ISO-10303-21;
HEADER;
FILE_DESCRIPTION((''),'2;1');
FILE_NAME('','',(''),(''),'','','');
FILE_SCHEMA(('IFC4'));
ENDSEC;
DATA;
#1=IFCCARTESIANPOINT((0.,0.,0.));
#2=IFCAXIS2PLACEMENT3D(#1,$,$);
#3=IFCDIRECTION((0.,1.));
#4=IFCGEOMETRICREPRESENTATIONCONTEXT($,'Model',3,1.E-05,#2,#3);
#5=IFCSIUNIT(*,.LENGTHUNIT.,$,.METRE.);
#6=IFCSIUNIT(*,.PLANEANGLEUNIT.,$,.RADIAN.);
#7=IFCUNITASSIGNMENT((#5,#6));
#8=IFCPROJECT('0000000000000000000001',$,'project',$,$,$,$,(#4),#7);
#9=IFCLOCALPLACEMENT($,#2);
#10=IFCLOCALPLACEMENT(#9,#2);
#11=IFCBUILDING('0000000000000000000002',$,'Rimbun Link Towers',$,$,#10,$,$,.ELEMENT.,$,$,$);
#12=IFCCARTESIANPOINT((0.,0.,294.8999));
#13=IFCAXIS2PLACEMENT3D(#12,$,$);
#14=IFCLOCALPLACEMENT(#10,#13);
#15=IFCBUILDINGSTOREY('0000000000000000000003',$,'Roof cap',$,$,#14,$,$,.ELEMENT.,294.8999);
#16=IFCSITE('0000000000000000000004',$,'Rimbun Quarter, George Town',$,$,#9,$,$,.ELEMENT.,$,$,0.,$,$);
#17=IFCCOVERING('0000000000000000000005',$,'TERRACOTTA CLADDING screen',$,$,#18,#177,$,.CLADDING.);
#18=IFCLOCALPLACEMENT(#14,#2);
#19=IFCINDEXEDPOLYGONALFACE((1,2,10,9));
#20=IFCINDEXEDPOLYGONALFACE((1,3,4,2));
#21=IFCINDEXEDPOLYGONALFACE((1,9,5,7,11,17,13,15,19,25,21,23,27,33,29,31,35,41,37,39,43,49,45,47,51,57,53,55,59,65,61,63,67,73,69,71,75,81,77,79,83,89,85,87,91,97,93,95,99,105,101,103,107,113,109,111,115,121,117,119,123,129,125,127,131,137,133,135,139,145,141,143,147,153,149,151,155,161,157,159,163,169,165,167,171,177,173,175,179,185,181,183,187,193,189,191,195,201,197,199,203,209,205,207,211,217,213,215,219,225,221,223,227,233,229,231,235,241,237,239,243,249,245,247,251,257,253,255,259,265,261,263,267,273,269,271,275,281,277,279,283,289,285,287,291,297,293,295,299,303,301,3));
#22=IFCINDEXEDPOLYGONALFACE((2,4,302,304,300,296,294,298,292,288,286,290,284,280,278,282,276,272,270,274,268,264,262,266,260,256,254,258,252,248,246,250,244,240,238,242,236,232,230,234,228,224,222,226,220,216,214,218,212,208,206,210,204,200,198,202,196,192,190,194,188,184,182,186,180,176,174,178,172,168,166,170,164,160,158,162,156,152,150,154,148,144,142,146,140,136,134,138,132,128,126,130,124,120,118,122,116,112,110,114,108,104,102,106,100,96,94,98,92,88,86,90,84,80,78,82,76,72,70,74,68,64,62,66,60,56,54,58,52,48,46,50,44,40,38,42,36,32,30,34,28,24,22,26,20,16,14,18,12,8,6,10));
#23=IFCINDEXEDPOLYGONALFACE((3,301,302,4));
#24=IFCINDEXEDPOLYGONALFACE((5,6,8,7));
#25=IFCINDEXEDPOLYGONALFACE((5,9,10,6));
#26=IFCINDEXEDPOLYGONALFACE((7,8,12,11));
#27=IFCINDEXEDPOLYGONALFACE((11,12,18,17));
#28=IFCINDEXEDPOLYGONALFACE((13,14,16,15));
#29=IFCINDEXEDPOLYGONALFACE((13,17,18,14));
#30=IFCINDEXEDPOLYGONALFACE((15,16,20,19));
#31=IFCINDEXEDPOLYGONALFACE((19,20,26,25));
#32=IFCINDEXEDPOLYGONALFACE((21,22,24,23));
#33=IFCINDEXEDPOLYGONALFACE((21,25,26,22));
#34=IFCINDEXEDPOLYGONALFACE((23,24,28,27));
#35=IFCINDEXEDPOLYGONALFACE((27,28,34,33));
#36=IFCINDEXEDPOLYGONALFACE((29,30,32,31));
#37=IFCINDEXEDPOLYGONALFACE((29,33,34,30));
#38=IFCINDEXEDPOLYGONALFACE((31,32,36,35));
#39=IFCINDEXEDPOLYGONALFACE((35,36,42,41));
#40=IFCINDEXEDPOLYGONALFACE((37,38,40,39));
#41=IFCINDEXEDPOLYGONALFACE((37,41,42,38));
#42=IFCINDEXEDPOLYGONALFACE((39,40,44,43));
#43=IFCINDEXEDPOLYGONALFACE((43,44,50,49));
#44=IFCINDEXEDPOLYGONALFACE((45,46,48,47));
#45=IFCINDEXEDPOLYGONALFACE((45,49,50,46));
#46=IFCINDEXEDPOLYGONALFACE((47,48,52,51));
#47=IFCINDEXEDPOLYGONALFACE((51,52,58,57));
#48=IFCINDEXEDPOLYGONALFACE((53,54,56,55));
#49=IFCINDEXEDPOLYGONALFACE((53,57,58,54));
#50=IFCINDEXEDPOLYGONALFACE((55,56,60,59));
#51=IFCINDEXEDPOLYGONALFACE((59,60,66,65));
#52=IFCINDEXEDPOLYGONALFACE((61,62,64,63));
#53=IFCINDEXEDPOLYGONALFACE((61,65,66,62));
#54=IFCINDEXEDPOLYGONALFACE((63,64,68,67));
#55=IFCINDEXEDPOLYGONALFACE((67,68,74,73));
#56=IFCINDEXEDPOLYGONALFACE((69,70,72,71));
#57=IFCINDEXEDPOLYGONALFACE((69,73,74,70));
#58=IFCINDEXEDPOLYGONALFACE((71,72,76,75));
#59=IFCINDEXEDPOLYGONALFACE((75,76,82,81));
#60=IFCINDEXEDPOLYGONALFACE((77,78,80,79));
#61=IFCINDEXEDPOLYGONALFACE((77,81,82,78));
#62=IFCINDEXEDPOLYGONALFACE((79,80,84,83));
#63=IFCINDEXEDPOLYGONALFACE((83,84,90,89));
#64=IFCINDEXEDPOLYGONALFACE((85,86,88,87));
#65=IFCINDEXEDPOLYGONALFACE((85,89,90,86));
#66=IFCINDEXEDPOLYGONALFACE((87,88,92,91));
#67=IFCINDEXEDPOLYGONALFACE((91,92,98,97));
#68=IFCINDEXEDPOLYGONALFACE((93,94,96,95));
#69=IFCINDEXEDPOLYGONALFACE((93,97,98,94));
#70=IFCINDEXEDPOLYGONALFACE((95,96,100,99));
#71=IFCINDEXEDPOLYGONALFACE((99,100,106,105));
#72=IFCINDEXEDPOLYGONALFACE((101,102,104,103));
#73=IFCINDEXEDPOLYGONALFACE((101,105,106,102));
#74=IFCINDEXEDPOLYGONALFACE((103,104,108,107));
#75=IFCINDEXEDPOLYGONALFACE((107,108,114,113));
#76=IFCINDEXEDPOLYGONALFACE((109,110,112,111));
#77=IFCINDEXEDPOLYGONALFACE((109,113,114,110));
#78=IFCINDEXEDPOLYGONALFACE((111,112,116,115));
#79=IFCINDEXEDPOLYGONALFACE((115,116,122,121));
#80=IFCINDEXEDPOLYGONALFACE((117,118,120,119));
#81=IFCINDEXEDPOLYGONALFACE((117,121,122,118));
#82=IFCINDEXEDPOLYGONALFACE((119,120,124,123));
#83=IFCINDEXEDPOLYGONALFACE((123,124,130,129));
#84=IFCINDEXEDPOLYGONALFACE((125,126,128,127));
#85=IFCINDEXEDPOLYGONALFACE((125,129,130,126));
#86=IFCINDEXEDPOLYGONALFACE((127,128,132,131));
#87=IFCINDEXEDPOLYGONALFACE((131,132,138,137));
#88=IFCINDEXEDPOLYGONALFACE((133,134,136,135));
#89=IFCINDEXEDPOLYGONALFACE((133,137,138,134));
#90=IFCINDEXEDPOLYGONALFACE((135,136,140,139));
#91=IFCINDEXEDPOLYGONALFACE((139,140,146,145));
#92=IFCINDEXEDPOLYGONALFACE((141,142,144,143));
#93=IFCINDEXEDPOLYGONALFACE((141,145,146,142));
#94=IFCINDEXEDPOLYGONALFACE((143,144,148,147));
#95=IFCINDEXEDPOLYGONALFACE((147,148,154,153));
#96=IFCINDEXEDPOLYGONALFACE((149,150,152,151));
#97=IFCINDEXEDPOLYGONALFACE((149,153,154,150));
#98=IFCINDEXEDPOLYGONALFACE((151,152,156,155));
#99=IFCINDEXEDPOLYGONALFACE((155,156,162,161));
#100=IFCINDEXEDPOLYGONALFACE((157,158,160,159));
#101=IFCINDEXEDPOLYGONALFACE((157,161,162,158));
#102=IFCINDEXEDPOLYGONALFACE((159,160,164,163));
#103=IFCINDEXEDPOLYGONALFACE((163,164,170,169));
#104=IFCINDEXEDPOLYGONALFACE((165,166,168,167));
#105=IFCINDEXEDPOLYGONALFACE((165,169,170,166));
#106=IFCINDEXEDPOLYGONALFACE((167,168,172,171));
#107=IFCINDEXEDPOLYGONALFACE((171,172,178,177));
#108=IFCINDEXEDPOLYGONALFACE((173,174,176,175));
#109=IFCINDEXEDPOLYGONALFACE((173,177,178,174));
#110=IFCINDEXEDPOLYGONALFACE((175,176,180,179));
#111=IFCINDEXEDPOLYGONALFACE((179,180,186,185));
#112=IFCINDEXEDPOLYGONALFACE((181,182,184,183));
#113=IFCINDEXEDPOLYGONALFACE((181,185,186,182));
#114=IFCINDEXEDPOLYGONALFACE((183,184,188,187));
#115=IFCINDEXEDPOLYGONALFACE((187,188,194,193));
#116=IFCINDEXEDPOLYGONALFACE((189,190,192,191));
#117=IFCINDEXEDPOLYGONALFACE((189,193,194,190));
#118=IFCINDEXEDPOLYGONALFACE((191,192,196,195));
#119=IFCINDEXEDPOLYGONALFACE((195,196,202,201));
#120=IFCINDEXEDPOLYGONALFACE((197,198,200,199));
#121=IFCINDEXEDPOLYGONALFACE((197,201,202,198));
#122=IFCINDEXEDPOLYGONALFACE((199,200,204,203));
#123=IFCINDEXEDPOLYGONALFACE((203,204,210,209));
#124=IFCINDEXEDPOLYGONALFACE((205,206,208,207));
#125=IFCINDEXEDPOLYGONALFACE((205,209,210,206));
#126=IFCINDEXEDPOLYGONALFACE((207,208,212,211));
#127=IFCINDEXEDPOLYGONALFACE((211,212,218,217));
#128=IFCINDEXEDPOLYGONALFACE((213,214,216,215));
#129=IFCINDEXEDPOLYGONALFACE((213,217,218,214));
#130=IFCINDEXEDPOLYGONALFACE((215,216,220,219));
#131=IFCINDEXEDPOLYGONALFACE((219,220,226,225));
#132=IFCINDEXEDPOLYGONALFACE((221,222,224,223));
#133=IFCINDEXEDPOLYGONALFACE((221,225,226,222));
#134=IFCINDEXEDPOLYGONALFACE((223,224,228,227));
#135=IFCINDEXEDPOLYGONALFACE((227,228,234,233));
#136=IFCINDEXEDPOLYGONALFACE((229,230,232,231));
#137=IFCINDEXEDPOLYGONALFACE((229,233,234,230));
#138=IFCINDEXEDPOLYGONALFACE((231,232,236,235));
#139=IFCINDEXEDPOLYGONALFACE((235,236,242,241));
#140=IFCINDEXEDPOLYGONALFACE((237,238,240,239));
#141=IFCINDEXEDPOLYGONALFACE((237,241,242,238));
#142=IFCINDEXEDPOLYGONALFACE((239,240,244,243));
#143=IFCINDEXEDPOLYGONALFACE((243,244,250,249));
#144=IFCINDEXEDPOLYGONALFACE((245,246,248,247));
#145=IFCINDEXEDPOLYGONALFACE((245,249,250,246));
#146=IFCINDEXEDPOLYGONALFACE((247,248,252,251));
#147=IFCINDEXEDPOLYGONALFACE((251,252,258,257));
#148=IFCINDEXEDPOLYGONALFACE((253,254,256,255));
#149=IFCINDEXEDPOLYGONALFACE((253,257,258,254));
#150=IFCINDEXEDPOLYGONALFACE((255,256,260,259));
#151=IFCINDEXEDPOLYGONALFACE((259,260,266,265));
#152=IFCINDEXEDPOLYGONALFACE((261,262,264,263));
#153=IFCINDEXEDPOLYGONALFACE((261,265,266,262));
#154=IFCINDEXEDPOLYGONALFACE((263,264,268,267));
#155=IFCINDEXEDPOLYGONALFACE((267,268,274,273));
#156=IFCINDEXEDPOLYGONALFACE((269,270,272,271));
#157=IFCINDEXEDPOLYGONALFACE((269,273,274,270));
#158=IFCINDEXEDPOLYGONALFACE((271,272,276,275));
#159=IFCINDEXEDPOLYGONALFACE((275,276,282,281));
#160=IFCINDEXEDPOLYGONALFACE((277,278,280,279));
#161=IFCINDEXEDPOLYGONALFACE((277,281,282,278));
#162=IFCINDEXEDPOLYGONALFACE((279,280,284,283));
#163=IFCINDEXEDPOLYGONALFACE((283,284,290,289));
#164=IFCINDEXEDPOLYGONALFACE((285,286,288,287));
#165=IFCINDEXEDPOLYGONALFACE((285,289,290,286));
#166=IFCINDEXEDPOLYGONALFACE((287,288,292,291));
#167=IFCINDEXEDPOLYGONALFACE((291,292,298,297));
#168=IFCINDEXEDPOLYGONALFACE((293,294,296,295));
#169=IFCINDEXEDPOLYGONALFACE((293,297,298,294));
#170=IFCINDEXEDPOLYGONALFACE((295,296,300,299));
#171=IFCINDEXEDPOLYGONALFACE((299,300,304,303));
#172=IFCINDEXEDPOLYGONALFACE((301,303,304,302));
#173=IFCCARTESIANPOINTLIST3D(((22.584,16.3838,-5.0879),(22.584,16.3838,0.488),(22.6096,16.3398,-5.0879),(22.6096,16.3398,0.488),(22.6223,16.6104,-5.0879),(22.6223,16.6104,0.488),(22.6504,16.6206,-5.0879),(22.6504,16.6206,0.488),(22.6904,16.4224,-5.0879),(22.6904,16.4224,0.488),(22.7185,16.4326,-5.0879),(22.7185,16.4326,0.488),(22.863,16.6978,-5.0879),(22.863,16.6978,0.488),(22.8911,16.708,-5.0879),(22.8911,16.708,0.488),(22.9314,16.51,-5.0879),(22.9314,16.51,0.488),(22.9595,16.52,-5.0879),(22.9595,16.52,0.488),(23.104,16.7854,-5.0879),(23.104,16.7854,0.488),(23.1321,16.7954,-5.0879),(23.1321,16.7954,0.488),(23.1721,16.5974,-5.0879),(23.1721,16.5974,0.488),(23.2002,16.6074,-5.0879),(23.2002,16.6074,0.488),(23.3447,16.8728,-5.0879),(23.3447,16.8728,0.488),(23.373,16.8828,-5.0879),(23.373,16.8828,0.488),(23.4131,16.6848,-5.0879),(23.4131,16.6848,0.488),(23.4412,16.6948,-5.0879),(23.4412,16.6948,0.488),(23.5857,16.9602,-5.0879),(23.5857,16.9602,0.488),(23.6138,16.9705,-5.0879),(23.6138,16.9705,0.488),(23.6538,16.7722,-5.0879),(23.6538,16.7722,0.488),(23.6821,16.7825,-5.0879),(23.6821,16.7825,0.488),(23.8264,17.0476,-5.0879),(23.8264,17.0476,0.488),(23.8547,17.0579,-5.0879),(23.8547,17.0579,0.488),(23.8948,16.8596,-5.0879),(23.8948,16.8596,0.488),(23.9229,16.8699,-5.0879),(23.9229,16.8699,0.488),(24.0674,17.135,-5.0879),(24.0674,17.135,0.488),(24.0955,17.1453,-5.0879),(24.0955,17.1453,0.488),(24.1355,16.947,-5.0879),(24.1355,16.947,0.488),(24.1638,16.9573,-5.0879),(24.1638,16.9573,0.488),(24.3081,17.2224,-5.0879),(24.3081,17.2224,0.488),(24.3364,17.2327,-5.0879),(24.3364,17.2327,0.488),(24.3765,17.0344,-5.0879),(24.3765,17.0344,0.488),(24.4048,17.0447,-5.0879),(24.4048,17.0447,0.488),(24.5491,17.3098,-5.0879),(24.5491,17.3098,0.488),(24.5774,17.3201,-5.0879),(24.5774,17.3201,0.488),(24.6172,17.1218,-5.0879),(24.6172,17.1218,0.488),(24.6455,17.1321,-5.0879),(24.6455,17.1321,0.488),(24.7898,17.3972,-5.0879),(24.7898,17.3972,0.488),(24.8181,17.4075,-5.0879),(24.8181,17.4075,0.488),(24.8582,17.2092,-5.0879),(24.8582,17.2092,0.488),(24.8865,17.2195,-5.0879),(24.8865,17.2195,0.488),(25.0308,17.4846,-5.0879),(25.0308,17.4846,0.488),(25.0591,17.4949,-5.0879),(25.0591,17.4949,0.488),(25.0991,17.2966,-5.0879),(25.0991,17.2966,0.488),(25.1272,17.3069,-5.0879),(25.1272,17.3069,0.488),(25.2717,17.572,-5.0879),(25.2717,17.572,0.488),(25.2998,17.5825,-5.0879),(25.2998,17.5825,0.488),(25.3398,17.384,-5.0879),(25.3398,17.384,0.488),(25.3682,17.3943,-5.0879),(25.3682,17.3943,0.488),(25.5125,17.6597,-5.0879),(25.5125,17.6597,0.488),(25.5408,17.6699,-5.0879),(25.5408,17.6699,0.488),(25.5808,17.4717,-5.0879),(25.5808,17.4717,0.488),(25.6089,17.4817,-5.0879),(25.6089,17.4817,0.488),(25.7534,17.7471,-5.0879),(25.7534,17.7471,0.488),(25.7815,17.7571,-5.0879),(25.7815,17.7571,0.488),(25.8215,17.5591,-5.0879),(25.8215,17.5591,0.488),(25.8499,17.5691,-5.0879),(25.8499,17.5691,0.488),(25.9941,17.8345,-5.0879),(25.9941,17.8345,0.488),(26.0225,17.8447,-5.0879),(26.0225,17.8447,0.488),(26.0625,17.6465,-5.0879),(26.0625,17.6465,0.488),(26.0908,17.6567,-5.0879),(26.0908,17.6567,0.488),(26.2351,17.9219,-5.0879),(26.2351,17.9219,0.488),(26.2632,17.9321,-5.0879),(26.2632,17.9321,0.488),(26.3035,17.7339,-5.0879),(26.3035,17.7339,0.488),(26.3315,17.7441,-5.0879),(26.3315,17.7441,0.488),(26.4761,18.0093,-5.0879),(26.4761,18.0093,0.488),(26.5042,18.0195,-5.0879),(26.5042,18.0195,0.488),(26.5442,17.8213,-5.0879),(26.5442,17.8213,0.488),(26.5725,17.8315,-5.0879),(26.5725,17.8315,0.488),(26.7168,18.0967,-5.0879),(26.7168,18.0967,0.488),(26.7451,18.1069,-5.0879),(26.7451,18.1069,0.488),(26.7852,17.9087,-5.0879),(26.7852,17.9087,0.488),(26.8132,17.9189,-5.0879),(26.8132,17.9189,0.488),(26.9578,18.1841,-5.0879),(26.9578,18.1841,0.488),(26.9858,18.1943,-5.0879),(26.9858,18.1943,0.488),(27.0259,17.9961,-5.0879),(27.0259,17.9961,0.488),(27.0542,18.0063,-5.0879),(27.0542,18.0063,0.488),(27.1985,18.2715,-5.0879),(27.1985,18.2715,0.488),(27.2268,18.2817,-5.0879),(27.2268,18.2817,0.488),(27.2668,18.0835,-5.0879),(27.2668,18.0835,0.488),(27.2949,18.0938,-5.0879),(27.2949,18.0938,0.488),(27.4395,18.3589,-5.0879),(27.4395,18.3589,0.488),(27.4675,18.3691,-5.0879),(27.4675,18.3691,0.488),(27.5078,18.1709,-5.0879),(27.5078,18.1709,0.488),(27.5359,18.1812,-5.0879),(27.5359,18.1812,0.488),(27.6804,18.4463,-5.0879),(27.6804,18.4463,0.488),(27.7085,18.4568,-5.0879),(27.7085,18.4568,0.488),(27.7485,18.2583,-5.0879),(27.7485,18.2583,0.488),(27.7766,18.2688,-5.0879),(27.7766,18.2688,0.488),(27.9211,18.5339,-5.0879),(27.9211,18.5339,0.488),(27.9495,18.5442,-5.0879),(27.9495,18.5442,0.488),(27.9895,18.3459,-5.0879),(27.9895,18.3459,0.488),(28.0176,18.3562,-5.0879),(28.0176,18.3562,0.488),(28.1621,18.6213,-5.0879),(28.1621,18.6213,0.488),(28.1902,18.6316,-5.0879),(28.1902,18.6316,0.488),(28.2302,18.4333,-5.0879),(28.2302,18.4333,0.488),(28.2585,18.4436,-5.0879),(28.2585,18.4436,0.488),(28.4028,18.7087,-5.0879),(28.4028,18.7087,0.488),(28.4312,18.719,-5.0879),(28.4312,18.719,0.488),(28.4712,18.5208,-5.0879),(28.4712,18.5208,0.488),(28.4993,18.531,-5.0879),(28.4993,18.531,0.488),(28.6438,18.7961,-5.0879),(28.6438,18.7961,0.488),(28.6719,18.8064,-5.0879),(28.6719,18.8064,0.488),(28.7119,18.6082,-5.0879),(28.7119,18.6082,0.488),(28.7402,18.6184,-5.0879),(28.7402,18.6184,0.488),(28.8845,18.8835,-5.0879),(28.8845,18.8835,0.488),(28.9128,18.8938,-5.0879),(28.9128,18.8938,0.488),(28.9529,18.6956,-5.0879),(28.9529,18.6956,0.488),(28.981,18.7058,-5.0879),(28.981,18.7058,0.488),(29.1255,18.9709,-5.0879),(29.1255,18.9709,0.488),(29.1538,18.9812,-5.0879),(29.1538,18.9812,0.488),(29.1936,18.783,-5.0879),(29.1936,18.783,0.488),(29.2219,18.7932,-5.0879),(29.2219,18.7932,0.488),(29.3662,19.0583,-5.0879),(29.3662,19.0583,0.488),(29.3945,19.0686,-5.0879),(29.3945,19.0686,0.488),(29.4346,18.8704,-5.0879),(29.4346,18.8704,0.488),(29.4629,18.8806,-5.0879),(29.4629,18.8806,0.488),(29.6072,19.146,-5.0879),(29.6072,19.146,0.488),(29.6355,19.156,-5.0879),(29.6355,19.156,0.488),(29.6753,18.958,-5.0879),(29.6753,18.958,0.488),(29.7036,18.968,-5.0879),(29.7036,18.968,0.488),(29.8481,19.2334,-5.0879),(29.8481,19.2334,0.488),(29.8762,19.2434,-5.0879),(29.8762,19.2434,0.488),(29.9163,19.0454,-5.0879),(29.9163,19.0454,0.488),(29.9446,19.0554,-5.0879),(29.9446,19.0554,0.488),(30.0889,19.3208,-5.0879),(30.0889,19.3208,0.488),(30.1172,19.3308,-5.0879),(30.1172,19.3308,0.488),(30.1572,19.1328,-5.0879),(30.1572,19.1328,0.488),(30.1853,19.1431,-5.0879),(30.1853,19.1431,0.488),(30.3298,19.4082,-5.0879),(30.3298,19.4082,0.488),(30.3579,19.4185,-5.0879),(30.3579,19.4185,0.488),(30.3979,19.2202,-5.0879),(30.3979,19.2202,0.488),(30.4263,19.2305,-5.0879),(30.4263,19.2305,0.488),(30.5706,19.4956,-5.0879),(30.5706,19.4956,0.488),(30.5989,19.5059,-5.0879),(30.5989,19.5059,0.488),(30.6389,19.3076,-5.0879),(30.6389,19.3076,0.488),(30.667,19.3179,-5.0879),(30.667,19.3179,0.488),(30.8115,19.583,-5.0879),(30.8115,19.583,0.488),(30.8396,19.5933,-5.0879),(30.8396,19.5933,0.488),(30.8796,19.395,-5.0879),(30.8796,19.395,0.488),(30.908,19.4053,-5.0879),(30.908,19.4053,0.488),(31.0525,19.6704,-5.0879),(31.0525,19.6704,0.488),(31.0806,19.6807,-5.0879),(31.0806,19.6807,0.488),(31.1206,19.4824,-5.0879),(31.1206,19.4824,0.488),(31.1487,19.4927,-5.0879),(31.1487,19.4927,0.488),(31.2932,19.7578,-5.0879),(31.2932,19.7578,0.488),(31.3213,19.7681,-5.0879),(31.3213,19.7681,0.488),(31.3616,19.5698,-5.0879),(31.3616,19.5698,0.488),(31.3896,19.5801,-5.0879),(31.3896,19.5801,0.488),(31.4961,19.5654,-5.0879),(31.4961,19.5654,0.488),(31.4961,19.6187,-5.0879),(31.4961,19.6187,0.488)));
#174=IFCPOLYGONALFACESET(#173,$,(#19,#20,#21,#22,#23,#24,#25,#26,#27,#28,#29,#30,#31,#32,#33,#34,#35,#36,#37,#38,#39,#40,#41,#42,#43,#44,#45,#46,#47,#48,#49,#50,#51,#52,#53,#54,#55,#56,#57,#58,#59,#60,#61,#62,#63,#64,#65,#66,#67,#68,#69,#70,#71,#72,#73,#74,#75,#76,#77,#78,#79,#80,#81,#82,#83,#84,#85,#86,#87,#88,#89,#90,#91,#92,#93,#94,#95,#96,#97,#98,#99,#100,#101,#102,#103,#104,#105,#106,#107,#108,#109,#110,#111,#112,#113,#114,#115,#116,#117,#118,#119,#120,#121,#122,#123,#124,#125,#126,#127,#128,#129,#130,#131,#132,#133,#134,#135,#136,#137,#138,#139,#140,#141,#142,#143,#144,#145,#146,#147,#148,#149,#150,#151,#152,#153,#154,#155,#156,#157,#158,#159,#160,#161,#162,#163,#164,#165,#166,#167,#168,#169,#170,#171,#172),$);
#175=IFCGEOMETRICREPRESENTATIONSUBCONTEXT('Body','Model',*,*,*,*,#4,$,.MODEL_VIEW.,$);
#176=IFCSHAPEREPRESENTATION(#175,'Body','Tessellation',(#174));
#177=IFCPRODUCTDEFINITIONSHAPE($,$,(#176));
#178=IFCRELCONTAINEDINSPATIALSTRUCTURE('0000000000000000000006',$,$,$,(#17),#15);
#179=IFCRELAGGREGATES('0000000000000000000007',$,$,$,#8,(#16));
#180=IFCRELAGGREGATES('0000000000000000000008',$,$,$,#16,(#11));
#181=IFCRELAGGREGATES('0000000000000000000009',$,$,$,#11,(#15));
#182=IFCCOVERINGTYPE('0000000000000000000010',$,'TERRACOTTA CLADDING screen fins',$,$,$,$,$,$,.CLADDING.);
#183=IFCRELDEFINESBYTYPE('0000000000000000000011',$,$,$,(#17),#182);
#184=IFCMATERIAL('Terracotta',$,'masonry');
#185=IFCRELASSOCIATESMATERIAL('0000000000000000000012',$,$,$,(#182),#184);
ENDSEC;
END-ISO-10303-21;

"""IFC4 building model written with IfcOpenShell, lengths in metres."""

from ifc_helpers import new_model, si_unit, direction, frame, origin, place, context, subcontext, project, spatial, polyline, outline, extrude, material, type_object, element, save


model = new_model("IFC4")

# Units and contexts
model_context = context("Model", 3, precision=1e-05, world=origin(), true_north=direction((0.0, 1.0)))
body_context = subcontext(model_context, "Body", "Model", "MODEL_VIEW")
ifc_project = project(units=[si_unit("LENGTHUNIT", "METRE"), si_unit("PLANEANGLEUNIT", "RADIAN")], contexts=[model_context])

# Site, building, storey
site_placement = place(None, origin())
site = spatial("IfcSite", under=ifc_project, at=site_placement, Name="Rimbun Quarter, George Town", CompositionType="ELEMENT", RefElevation=0.0)
building_placement = place(site_placement, origin())
building = spatial("IfcBuilding", under=site, at=building_placement, Name="Rimbun Link Towers", CompositionType="ELEMENT")
storey_placement = place(building_placement, frame((0.0, 0.0, 294.8999)))
storey = spatial("IfcBuildingStorey", under=building, at=storey_placement, Name="Roof cap", CompositionType="ELEMENT", Elevation=294.8999)

# Covering
ifc_material_1 = material(Name="Terracotta", Category="masonry")
covering_type_1 = type_object("IfcCoveringType", Name="TERRACOTTA CLADDING screen fins", PredefinedType="CLADDING", material=ifc_material_1)
covering_1_placement = place(storey_placement, frame((0.0, 0.0, -5.0879)))
element("IfcCovering", 1, at=covering_1_placement, inside=storey, type_object=covering_type_1, Name="TERRACOTTA CLADDING screen", PredefinedType="CLADDING", context=body_context, shape_type="SweptSolid", body=[
    extrude(outline(polyline([(31.4961, 19.6187), (31.3896, 19.5801), (31.3213, 19.7681), (31.2932, 19.7578), (31.3616, 19.5698), (31.1487, 19.4927), (31.0806, 19.6807), (31.0525, 19.6704), (31.1206, 19.4824), (30.908, 19.4053), (30.8396, 19.5933), (30.8115, 19.583), (30.8796, 19.395), (30.667, 19.3179), (30.5989, 19.5059), (30.5706, 19.4956), (30.6389, 19.3076), (30.4263, 19.2305), (30.3579, 19.4185), (30.3298, 19.4082), (30.3979, 19.2202), (30.1853, 19.1431), (30.1172, 19.3308), (30.0889, 19.3208), (30.1572, 19.1328), (29.9446, 19.0554), (29.8762, 19.2434), (29.8481, 19.2334), (29.9163, 19.0454), (29.7036, 18.968), (29.6355, 19.156), (29.6072, 19.146), (29.6753, 18.958), (29.4629, 18.8806), (29.3945, 19.0686), (29.3662, 19.0583), (29.4346, 18.8704), (29.2219, 18.7932), (29.1538, 18.9812), (29.1255, 18.9709), (29.1936, 18.783), (28.981, 18.7058), (28.9128, 18.8938), (28.8845, 18.8835), (28.9529, 18.6956), (28.7402, 18.6184), (28.6719, 18.8064), (28.6438, 18.7961), (28.7119, 18.6082), (28.4993, 18.531), (28.4312, 18.719), (28.4028, 18.7087), (28.4712, 18.5208), (28.2585, 18.4436), (28.1902, 18.6316), (28.1621, 18.6213), (28.2302, 18.4333), (28.0176, 18.3562), (27.9495, 18.5442), (27.9211, 18.5339), (27.9895, 18.3459), (27.7766, 18.2688), (27.7085, 18.4568), (27.6804, 18.4463), (27.7485, 18.2583), (27.5359, 18.1812), (27.4675, 18.3691), (27.4395, 18.3589), (27.5078, 18.1709), (27.2949, 18.0938), (27.2268, 18.2817), (27.1985, 18.2715), (27.2668, 18.0835), (27.0542, 18.0063), (26.9858, 18.1943), (26.9578, 18.1841), (27.0259, 17.9961), (26.8132, 17.9189), (26.7451, 18.1069), (26.7168, 18.0967), (26.7852, 17.9087), (26.5725, 17.8315), (26.5042, 18.0195), (26.4761, 18.0093), (26.5442, 17.8213), (26.3315, 17.7441), (26.2632, 17.9321), (26.2351, 17.9219), (26.3035, 17.7339), (26.0908, 17.6567), (26.0225, 17.8447), (25.9941, 17.8345), (26.0625, 17.6465), (25.8499, 17.5691), (25.7815, 17.7571), (25.7534, 17.7471), (25.8215, 17.5591), (25.6089, 17.4817), (25.5408, 17.6699), (25.5125, 17.6597), (25.5808, 17.4717), (25.3682, 17.3943), (25.2998, 17.5825), (25.2717, 17.572), (25.3398, 17.384), (25.1272, 17.3069), (25.0591, 17.4949), (25.0308, 17.4846), (25.0991, 17.2966), (24.8865, 17.2195), (24.8181, 17.4075), (24.7898, 17.3972), (24.8582, 17.2092), (24.6455, 17.1321), (24.5774, 17.3201), (24.5491, 17.3098), (24.6172, 17.1218), (24.4048, 17.0447), (24.3364, 17.2327), (24.3081, 17.2224), (24.3765, 17.0344), (24.1638, 16.9573), (24.0955, 17.1453), (24.0674, 17.135), (24.1355, 16.947), (23.9229, 16.8699), (23.8547, 17.0579), (23.8264, 17.0476), (23.8948, 16.8596), (23.6821, 16.7825), (23.6138, 16.9705), (23.5857, 16.9602), (23.6538, 16.7722), (23.4412, 16.6948), (23.373, 16.8828), (23.3447, 16.8728), (23.4131, 16.6848), (23.2002, 16.6074), (23.1321, 16.7954), (23.104, 16.7854), (23.1721, 16.5974), (22.9595, 16.52), (22.8911, 16.708), (22.863, 16.6978), (22.9314, 16.51), (22.7185, 16.4326), (22.6504, 16.6206), (22.6223, 16.6104), (22.6904, 16.4224), (22.584, 16.3838), (22.6096, 16.3398), (31.4961, 19.5654), (31.4961, 19.6187)])), origin(), (0.0, 0.0, 1.0), 5.5759),
])

save(model, "model.ifc")
